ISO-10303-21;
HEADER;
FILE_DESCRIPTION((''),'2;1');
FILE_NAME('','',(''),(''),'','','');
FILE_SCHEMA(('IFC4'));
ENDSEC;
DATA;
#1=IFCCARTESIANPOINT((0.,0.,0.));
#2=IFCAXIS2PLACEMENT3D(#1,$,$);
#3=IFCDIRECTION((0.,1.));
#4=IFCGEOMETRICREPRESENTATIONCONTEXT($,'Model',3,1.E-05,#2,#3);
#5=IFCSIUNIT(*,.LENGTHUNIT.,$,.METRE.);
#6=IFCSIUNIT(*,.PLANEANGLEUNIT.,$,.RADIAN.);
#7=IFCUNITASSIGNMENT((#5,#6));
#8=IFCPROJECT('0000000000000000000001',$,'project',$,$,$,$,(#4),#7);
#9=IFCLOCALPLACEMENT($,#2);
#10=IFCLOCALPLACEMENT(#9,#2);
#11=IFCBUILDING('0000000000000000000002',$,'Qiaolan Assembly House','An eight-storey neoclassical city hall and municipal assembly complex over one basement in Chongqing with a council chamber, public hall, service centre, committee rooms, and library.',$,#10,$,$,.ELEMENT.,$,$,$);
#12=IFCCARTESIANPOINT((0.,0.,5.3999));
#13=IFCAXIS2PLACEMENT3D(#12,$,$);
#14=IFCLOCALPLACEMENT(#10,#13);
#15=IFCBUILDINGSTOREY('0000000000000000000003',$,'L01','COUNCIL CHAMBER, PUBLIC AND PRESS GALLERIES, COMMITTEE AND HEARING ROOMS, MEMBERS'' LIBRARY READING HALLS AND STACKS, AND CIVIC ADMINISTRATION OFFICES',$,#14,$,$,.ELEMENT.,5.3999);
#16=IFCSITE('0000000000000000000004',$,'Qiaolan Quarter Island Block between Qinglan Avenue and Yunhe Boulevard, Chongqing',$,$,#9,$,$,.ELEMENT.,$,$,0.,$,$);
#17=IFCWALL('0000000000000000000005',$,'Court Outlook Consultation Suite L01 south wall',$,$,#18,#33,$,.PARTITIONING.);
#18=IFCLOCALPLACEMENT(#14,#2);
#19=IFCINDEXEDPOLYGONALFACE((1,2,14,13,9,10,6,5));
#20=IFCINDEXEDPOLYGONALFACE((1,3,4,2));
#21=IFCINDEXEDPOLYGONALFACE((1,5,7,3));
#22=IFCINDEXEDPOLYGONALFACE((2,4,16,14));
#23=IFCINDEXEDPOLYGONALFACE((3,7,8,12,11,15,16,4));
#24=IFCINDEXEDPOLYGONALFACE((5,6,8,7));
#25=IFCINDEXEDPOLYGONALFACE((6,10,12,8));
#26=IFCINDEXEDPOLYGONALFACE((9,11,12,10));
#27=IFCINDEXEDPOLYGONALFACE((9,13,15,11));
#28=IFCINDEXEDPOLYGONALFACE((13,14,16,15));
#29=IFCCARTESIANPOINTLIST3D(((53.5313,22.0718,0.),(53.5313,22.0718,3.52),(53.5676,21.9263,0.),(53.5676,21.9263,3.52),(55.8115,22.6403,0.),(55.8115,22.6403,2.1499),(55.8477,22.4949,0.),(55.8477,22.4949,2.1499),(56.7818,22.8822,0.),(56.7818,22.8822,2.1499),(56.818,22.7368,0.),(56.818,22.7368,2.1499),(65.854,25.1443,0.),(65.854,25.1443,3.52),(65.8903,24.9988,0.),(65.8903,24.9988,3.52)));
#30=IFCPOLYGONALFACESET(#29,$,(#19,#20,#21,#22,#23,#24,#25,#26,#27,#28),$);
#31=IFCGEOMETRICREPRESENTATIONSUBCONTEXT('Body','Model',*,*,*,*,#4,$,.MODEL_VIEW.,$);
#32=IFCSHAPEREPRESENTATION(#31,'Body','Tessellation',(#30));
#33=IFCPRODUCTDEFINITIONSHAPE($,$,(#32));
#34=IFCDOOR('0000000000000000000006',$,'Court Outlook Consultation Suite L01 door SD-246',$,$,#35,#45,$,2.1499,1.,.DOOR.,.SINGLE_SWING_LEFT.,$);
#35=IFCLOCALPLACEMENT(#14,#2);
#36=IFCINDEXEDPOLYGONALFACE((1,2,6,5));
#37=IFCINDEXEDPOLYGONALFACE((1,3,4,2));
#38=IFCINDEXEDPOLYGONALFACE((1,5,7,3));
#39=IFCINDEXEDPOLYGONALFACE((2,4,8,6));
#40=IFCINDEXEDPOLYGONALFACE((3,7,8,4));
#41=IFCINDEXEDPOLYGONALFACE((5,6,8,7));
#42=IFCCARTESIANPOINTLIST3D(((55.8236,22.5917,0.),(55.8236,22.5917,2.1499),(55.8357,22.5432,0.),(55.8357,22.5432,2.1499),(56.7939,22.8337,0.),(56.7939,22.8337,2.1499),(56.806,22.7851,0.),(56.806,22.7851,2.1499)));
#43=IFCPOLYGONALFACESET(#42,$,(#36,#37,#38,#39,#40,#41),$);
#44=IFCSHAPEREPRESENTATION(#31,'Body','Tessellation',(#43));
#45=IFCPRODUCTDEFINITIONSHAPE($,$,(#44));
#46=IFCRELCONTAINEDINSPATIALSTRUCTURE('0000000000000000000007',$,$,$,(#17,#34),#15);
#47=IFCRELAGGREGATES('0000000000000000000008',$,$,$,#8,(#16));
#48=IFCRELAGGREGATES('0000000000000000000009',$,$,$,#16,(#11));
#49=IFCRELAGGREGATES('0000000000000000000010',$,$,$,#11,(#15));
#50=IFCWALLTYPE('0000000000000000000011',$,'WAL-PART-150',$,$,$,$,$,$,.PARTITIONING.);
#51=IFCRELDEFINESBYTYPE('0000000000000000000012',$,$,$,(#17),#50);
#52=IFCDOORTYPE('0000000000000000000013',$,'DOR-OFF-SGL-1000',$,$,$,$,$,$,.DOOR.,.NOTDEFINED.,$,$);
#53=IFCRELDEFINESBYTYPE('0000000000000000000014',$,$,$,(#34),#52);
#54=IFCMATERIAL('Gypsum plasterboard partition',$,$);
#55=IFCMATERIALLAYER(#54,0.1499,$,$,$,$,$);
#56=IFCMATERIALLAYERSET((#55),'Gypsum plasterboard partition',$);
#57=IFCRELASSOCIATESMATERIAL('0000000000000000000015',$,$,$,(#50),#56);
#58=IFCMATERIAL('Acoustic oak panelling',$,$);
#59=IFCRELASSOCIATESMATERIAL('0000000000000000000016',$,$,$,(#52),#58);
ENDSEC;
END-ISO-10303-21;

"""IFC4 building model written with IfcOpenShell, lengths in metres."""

from ifc_helpers import new_model, si_unit, direction, frame, frame_2d, origin, place, context, subcontext, project, spatial, rectangle, extrude, material, layer, layer_set, type_object, element, fill, save


model = new_model("IFC4")

# Units and contexts
model_context = context("Model", 3, precision=1e-05, world=origin(), true_north=direction((0.0, 1.0)))
body_context = subcontext(model_context, "Body", "Model", "MODEL_VIEW")
ifc_project = project(units=[si_unit("LENGTHUNIT", "METRE"), si_unit("PLANEANGLEUNIT", "RADIAN")], contexts=[model_context])

# Site, building, storey
site_placement = place(None, origin())
site = spatial("IfcSite", under=ifc_project, at=site_placement, Name="Qiaolan Quarter Island Block between Qinglan Avenue and Yunhe Boulevard, Chongqing", CompositionType="ELEMENT", RefElevation=0.0)
building_placement = place(site_placement, origin())
building = spatial("IfcBuilding", under=site, at=building_placement, Name="Qiaolan Assembly House", Description="An eight-storey neoclassical city hall and municipal assembly complex over one basement in Chongqing with a council chamber, public hall, service centre, committee rooms, and library.", CompositionType="ELEMENT")
storey_placement = place(building_placement, frame((0.0, 0.0, 5.3999)))
storey = spatial("IfcBuildingStorey", under=building, at=storey_placement, Name="L01", Description="COUNCIL CHAMBER, PUBLIC AND PRESS GALLERIES, COMMITTEE AND HEARING ROOMS, MEMBERS' LIBRARY READING HALLS AND STACKS, AND CIVIC ADMINISTRATION OFFICES", CompositionType="ELEMENT", Elevation=5.3999)

# Shared definitions
ifc_material_1 = material(Name="Gypsum plasterboard partition")

# Wall, opening, door
ifc_layer_1 = layer(ifc_material_1, 0.1499)
ifc_layer_set_1 = layer_set([ifc_layer_1], Name="Gypsum plasterboard partition")
wall_type_1 = type_object("IfcWallType", Name="WAL-PART-150", PredefinedType="PARTITIONING", material=ifc_layer_set_1)
wall_1_placement = place(storey_placement, frame((53.5493, 21.999, 0.0), z_axis=(0.0, 0.0, 1.0), x_axis=(0.970294, 0.241929, 0.0)))
wall_1 = element("IfcWall", 1, at=wall_1_placement, inside=storey, type_object=wall_type_1, Name="Court Outlook Consultation Suite L01 south wall", PredefinedType="PARTITIONING", context=body_context, shape_type="SweptSolid", body=[
    extrude(rectangle(XDim=12.7, YDim=0.1499, at=frame_2d((6.3501, 0.0))), origin(), (0.0, 0.0, 1.0), 3.52),
])
opening_1_placement = place(wall_1_placement, frame((2.3501, 0.0, 0.0)))
opening_1 = element("IfcOpeningElement", 2, at=opening_1_placement, cuts=wall_1, PredefinedType="OPENING", context=body_context, shape_type="SweptSolid", body=[
    extrude(rectangle(XDim=1.0, YDim=2.1499, at=frame_2d((0.5, 1.075))), frame((0.0, 0.085, 0.0), z_axis=(0.0, -1.0, 0.0), x_axis=(1.0, 0.0, 0.0)), (0.0, 0.0, 1.0), 0.1699),
])
ifc_material_2 = material(Name="Acoustic oak panelling")
door_type_1 = type_object("IfcDoorType", Name="DOR-OFF-SGL-1000", OperationType="NOTDEFINED", PredefinedType="DOOR", material=ifc_material_2)
door_1_placement = place(opening_1_placement, origin())
door_1 = element("IfcDoor", 3, at=door_1_placement, inside=storey, type_object=door_type_1, Name="Court Outlook Consultation Suite L01 door SD-246", OperationType="SINGLE_SWING_LEFT", OverallHeight=2.1499, OverallWidth=1.0, PredefinedType="DOOR", context=body_context, shape_type="SweptSolid", body=[
    extrude(rectangle(XDim=1.0, YDim=2.1499, at=frame_2d((0.5, 1.075))), frame((0.0, 0.0249, 0.0), z_axis=(0.0, -1.0, 0.0), x_axis=(1.0, 0.0, 0.0)), (0.0, 0.0, 1.0), 0.05),
])
fill(opening_1, door_1)

save(model, "model.ifc")
